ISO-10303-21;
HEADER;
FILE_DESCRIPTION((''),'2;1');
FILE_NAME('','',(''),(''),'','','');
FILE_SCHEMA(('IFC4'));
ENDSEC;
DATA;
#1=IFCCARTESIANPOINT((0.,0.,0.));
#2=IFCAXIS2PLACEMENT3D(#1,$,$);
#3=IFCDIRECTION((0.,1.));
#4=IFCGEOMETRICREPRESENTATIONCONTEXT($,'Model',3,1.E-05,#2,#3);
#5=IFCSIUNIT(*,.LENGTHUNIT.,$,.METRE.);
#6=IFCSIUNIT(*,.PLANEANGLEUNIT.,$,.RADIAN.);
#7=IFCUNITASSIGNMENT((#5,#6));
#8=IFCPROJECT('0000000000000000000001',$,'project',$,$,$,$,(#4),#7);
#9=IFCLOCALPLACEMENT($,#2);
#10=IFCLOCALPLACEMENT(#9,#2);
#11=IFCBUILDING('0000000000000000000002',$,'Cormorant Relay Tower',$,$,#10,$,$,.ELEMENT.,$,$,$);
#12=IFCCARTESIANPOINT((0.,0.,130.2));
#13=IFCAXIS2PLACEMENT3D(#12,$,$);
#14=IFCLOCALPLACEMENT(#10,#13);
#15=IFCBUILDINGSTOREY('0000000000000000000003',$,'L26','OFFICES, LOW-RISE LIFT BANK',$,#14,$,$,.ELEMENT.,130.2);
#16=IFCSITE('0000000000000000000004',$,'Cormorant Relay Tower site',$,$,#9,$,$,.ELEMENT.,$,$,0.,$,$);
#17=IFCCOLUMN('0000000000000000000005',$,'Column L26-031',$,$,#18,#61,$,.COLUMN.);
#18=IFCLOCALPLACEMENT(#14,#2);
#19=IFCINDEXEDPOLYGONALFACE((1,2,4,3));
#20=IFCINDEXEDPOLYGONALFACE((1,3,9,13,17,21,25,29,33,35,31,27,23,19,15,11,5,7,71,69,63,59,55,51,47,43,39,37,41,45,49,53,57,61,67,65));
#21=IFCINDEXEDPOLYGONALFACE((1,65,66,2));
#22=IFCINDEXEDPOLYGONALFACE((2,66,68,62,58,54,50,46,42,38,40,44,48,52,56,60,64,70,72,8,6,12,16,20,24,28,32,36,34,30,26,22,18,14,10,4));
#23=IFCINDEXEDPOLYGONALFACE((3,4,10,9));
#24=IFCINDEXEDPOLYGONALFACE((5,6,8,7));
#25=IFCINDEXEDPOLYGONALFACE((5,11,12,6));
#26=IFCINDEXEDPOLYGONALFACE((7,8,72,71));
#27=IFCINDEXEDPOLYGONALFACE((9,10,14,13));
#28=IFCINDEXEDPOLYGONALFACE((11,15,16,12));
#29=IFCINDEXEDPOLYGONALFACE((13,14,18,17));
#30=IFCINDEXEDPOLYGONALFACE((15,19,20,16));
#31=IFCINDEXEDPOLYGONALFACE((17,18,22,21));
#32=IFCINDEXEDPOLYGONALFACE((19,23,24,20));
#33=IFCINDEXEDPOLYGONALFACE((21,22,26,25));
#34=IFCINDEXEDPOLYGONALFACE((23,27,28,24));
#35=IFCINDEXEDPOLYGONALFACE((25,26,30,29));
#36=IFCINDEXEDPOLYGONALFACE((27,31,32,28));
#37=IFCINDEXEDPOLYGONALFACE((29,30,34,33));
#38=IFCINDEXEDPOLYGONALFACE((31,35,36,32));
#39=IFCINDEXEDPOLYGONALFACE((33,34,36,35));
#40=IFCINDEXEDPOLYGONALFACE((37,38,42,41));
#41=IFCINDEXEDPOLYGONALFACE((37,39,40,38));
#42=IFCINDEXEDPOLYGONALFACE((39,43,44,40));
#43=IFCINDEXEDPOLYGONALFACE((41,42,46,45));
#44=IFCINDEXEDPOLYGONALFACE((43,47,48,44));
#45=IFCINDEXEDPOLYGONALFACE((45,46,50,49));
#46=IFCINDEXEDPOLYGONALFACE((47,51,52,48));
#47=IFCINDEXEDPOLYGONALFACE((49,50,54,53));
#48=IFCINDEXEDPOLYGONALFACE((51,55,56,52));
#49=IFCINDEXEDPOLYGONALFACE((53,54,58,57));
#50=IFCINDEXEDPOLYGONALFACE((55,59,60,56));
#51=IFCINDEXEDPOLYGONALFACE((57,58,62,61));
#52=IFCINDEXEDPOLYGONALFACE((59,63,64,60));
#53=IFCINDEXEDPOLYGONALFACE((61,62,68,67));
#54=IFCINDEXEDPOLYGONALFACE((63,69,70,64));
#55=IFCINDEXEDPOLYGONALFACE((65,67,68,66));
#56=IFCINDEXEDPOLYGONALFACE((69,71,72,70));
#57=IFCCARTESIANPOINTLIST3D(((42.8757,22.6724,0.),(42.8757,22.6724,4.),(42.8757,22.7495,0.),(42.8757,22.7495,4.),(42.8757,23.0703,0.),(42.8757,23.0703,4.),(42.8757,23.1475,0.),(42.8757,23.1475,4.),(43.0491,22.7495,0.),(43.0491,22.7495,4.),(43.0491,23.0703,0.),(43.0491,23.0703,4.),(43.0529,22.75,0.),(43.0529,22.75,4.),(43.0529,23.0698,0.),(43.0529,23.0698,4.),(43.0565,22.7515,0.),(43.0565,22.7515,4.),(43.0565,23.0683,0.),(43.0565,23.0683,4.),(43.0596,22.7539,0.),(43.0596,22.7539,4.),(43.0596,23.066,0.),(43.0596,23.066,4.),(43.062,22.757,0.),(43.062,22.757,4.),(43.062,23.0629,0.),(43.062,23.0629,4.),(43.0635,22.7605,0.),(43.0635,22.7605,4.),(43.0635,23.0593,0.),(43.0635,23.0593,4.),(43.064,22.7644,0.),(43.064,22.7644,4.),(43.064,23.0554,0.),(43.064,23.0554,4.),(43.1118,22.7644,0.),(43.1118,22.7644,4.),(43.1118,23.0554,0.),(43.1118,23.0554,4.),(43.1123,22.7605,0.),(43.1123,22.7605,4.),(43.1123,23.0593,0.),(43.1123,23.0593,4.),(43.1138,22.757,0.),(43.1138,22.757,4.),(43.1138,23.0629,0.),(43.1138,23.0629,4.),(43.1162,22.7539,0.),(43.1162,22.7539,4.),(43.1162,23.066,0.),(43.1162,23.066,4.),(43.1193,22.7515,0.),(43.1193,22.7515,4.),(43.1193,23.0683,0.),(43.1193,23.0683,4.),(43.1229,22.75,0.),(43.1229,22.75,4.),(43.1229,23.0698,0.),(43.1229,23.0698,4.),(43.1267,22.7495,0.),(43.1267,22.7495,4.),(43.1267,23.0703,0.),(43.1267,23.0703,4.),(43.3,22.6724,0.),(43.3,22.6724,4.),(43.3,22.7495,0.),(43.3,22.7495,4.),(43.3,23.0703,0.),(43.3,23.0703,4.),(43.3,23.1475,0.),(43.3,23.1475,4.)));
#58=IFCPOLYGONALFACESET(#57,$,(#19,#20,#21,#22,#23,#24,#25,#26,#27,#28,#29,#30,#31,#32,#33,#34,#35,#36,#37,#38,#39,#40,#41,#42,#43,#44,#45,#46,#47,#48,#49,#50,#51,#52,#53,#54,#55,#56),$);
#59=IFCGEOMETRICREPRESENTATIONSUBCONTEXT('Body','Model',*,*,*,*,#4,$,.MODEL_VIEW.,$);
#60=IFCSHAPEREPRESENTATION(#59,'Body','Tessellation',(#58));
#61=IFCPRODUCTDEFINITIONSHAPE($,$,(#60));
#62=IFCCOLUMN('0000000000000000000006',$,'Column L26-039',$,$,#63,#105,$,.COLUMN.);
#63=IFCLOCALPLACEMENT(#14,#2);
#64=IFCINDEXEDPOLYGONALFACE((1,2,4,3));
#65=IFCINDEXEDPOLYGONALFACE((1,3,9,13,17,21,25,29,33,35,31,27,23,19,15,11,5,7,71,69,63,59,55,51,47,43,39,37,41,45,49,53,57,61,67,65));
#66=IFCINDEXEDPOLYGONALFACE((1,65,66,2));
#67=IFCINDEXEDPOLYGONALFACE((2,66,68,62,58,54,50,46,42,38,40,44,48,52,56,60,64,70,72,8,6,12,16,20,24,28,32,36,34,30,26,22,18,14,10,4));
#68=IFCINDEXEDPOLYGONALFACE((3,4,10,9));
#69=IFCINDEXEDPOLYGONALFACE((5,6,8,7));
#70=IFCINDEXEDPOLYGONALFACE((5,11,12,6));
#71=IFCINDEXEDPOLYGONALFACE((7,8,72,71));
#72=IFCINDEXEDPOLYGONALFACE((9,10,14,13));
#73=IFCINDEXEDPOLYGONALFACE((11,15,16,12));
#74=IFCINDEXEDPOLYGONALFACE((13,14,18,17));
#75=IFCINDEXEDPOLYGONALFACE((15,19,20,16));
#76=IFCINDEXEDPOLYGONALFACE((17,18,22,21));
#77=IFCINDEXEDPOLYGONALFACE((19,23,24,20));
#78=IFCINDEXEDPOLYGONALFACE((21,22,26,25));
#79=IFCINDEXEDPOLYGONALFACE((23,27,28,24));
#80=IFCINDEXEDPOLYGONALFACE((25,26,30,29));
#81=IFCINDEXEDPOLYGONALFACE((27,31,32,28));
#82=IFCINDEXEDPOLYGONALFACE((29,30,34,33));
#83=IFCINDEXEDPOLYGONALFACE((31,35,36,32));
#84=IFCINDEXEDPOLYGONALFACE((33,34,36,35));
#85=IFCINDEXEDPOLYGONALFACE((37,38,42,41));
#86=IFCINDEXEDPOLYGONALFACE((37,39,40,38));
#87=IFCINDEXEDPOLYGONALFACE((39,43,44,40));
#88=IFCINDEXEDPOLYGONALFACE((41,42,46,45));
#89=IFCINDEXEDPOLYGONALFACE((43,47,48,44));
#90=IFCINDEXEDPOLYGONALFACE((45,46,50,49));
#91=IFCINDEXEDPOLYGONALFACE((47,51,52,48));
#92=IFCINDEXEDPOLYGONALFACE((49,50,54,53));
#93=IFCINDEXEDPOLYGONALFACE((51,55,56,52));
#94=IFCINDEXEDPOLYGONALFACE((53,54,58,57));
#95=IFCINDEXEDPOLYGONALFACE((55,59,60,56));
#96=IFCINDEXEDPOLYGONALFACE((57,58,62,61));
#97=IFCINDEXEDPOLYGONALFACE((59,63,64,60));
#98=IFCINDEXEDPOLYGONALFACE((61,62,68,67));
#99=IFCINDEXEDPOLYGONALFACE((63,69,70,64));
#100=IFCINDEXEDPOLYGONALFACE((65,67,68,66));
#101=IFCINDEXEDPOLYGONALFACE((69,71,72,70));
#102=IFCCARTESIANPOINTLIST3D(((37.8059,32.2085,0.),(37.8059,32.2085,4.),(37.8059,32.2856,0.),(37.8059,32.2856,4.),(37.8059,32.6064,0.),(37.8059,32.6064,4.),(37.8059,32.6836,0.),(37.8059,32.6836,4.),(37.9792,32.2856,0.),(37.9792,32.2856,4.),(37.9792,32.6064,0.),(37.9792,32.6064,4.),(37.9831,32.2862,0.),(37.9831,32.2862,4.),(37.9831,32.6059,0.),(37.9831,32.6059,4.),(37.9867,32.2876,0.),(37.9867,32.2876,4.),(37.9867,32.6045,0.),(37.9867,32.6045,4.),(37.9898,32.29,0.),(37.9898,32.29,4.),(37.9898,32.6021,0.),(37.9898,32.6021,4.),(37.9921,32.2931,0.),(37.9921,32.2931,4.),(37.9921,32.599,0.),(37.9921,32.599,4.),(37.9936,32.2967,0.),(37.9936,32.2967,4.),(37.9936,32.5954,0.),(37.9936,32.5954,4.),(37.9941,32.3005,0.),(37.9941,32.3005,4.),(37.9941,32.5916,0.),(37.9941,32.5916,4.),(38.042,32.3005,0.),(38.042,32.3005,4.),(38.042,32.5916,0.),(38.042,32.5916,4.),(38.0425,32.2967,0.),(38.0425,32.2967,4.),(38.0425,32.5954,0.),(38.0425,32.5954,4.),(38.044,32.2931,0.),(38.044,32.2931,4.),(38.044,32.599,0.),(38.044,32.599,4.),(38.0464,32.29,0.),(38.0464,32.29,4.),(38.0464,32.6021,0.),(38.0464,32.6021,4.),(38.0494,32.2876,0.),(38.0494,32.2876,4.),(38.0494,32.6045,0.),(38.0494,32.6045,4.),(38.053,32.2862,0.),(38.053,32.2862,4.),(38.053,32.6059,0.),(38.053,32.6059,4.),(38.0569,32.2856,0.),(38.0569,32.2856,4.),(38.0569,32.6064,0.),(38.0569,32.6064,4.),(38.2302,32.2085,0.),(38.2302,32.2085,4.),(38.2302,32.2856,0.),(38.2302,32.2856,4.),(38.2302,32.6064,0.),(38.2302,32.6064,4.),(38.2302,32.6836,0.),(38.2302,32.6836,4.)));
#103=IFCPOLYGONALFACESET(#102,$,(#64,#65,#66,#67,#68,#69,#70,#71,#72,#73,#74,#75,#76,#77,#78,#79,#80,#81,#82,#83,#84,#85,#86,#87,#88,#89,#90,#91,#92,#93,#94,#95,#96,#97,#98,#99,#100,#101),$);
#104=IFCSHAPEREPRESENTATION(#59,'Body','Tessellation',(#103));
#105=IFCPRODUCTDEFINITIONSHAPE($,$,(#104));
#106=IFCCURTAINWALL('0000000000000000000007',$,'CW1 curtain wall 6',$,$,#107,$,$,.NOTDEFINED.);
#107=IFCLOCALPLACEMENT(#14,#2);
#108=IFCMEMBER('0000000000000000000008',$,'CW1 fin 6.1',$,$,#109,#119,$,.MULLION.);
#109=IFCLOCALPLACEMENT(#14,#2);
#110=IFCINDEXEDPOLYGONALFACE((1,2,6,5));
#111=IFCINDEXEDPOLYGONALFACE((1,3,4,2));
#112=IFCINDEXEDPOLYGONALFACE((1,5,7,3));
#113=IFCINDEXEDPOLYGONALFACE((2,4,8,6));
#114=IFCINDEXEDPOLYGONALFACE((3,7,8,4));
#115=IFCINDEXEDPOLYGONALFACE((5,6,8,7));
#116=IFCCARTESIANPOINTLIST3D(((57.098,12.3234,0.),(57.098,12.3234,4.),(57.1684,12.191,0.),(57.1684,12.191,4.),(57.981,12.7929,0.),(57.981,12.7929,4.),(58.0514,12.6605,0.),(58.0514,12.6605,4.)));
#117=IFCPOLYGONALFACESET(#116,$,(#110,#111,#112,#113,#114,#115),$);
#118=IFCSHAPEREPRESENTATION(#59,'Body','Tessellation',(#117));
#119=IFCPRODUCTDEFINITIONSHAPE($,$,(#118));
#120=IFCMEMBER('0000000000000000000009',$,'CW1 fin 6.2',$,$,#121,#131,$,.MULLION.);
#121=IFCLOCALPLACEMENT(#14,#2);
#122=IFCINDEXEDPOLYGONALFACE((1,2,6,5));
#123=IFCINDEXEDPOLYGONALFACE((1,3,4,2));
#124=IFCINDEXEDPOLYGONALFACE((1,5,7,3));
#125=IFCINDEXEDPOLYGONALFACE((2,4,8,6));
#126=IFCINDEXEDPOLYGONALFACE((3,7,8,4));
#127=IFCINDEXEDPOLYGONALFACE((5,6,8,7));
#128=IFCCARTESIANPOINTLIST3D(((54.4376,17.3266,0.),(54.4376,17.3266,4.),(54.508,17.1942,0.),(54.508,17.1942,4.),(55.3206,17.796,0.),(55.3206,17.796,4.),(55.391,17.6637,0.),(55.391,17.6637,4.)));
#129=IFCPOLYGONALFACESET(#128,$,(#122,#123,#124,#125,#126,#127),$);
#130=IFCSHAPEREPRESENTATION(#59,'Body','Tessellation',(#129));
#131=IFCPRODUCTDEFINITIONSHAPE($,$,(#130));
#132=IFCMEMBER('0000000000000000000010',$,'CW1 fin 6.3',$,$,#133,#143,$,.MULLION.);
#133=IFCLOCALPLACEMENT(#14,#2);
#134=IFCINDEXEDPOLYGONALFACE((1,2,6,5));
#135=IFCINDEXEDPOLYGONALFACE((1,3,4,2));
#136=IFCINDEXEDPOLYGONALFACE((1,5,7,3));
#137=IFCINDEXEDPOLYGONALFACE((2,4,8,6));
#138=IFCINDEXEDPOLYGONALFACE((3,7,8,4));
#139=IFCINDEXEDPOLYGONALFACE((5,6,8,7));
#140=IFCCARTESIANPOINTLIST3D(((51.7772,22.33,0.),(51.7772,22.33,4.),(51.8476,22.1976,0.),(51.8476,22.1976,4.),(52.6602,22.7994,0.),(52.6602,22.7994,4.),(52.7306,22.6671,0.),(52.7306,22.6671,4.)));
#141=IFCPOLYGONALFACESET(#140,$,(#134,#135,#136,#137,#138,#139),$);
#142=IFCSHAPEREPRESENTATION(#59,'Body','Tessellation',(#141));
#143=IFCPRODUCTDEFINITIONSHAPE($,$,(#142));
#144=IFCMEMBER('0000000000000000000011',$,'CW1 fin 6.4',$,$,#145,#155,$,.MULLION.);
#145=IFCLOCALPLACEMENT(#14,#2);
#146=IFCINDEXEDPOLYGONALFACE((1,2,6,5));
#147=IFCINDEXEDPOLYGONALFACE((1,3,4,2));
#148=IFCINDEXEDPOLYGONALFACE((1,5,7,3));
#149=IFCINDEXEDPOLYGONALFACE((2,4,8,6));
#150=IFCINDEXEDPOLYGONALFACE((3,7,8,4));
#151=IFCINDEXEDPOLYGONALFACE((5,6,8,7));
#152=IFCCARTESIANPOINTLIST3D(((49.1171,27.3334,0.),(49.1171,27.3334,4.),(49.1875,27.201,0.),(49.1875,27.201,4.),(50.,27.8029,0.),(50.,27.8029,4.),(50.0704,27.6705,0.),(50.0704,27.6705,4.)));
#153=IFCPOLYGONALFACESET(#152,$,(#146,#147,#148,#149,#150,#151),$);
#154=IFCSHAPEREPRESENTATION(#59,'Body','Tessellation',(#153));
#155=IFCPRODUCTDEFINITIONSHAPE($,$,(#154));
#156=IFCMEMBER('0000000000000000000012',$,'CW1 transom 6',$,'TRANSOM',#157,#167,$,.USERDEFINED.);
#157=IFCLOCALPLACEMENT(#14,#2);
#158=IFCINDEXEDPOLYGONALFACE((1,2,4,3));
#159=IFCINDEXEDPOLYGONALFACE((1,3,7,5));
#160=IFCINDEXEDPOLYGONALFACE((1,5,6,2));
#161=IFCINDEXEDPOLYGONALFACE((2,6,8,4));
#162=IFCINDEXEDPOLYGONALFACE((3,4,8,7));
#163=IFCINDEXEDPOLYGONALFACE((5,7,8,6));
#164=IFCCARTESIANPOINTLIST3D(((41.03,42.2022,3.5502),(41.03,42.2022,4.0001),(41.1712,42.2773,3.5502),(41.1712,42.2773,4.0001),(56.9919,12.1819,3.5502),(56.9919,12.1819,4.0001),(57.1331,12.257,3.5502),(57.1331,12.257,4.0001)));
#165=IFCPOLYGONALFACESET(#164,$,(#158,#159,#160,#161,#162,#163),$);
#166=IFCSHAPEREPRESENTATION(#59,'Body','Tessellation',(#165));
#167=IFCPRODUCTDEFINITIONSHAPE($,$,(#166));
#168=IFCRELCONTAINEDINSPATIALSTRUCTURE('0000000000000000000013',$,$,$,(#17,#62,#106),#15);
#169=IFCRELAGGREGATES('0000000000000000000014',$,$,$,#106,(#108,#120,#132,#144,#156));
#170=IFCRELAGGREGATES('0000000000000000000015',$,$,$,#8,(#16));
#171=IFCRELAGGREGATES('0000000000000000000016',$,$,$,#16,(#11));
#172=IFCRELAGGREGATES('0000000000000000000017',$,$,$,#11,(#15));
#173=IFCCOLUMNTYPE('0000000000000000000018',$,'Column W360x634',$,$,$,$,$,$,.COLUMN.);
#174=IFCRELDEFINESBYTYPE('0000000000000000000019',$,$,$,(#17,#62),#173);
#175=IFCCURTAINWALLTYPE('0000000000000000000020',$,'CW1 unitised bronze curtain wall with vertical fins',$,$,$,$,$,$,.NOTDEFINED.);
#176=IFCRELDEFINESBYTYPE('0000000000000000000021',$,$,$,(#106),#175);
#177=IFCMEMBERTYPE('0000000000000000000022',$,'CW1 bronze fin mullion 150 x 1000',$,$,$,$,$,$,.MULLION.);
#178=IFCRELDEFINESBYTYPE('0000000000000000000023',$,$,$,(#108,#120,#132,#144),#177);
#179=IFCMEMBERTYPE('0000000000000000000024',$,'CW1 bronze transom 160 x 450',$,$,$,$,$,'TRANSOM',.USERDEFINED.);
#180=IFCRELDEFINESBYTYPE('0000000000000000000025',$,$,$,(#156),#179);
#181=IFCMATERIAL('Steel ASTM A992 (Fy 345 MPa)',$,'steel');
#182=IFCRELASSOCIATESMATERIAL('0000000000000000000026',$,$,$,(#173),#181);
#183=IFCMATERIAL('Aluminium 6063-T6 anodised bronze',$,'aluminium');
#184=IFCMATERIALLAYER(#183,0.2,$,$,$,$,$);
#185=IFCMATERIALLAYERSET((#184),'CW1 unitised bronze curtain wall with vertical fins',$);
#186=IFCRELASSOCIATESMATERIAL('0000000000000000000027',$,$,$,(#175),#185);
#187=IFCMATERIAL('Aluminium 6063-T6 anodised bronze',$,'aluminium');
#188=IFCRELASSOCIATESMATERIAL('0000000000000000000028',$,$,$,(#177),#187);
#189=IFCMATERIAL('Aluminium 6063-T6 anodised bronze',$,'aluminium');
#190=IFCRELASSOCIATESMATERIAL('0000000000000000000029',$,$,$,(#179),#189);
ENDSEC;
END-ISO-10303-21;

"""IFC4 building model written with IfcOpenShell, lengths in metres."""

from ifc_helpers import new_model, si_unit, direction, frame, origin, origin_2d, place, context, subcontext, project, spatial, rectangle, i_section, extrude, material, layer, layer_set, material_profile, profile_set, type_object, element, aggregate, save


model = new_model("IFC4")

# Units and contexts
model_context = context("Model", 3, precision=1e-05, world=origin(), true_north=direction((0.0, 1.0)))
body_context = subcontext(model_context, "Body", "Model", "MODEL_VIEW")
ifc_project = project(units=[si_unit("LENGTHUNIT", "METRE"), si_unit("PLANEANGLEUNIT", "RADIAN")], contexts=[model_context])

# Site, building, storey
site_placement = place(None, origin())
site = spatial("IfcSite", under=ifc_project, at=site_placement, Name="Cormorant Relay Tower site", CompositionType="ELEMENT", RefElevation=0.0)
building_placement = place(site_placement, origin())
building = spatial("IfcBuilding", under=site, at=building_placement, Name="Cormorant Relay Tower", CompositionType="ELEMENT")
storey_placement = place(building_placement, frame((0.0, 0.0, 130.2)))
storey = spatial("IfcBuildingStorey", under=building, at=storey_placement, Name="L26", Description="OFFICES, LOW-RISE LIFT BANK", CompositionType="ELEMENT", Elevation=130.2)

# Columns
ifc_material_1 = material(Name="Steel ASTM A992 (Fy 345 MPa)", Category="steel")
ifc_material_profile_1 = material_profile(ifc_material_1, i_section(OverallWidth=0.4243, OverallDepth=0.4751, WebThickness=0.0479, FlangeThickness=0.0771, FilletRadius=0.0149, at=origin_2d()), Name="W360x634")
ifc_profile_set_1 = profile_set([ifc_material_profile_1], Name="Steel ASTM A992 (Fy 345 MPa)")
column_type_1 = type_object("IfcColumnType", Name="Column W360x634", PredefinedType="COLUMN", material=ifc_profile_set_1)
for number, where, z_axis, x_axis, name in (
    (1, (43.0879, 22.9099, 0.0), (0.0, 0.0, 1.0), (1.0, 0.0, 0.0), "Column L26-031"),
    (2, (38.0181, 32.446, 0.0), (0.0, 0.0, 1.0), (1.0, 0.0, 0.0), "Column L26-039"),
):
    element("IfcColumn", number, at=place(storey_placement, frame(where, z_axis=z_axis, x_axis=x_axis)), inside=storey, type_object=column_type_1, Name=name, PredefinedType="COLUMN", context=body_context, shape_type="SweptSolid", body=[
        extrude(i_section(OverallWidth=0.4243, OverallDepth=0.4751, WebThickness=0.0479, FlangeThickness=0.0771, FilletRadius=0.0149, at=origin_2d()), origin(), (0.0, 0.0, 1.0), 4.0),
    ])

# Curtain wall, members
ifc_material_2 = material(Name="Aluminium 6063-T6 anodised bronze", Category="aluminium")
ifc_layer_1 = layer(ifc_material_2, 0.2)
ifc_layer_set_1 = layer_set([ifc_layer_1], Name="CW1 unitised bronze curtain wall with vertical fins")
curtain_wall_type = type_object("IfcCurtainWallType", Name="CW1 unitised bronze curtain wall with vertical fins", PredefinedType="NOTDEFINED", material=ifc_layer_set_1)
curtain_wall_placement = place(storey_placement, origin())
curtain_wall = element("IfcCurtainWall", 3, at=curtain_wall_placement, inside=storey, type_object=curtain_wall_type, Name="CW1 curtain wall 6", PredefinedType="NOTDEFINED")
ifc_material_3 = material(Name="Aluminium 6063-T6 anodised bronze", Category="aluminium")
ifc_material_profile_2 = material_profile(ifc_material_3, rectangle(XDim=0.1499, YDim=1.0, at=origin_2d()), Name="AL 150x1000")
ifc_profile_set_2 = profile_set([ifc_material_profile_2], Name="Aluminium 6063-T6 anodised bronze")
member_type_1 = type_object("IfcMemberType", Name="CW1 bronze fin mullion 150 x 1000", PredefinedType="MULLION", material=ifc_profile_set_2)
member_1_placement = place(storey_placement, frame((57.5747, 12.4919, 0.0), z_axis=(0.0, 0.0, 1.0), x_axis=(-0.469472, 0.882948, 0.0)))
member_1 = element("IfcMember", 4, at=member_1_placement, type_object=member_type_1, Name="CW1 fin 6.1", PredefinedType="MULLION", context=body_context, shape_type="SweptSolid", body=[
    extrude(rectangle(XDim=0.1499, YDim=1.0, at=origin_2d()), origin(), (0.0, 0.0, 1.0), 4.0),
])
member_2_placement = place(storey_placement, frame((54.9143, 17.4951, 0.0), z_axis=(0.0, 0.0, 1.0), x_axis=(-0.469472, 0.882948, 0.0)))
member_2 = element("IfcMember", 5, at=member_2_placement, type_object=member_type_1, Name="CW1 fin 6.2", PredefinedType="MULLION", context=body_context, shape_type="SweptSolid", body=[
    extrude(rectangle(XDim=0.1499, YDim=1.0, at=origin_2d()), origin(), (0.0, 0.0, 1.0), 4.0),
])
member_3_placement = place(storey_placement, frame((52.2539, 22.4985, 0.0), z_axis=(0.0, 0.0, 1.0), x_axis=(-0.469472, 0.882948, 0.0)))
member_3 = element("IfcMember", 6, at=member_3_placement, type_object=member_type_1, Name="CW1 fin 6.3", PredefinedType="MULLION", context=body_context, shape_type="SweptSolid", body=[
    extrude(rectangle(XDim=0.1499, YDim=1.0, at=origin_2d()), origin(), (0.0, 0.0, 1.0), 4.0),
])
member_4_placement = place(storey_placement, frame((49.5938, 27.502, 0.0), z_axis=(0.0, 0.0, 1.0), x_axis=(-0.469472, 0.882948, 0.0)))
member_4 = element("IfcMember", 7, at=member_4_placement, type_object=member_type_1, Name="CW1 fin 6.4", PredefinedType="MULLION", context=body_context, shape_type="SweptSolid", body=[
    extrude(rectangle(XDim=0.1499, YDim=1.0, at=origin_2d()), origin(), (0.0, 0.0, 1.0), 4.0),
])
ifc_material_4 = material(Name="Aluminium 6063-T6 anodised bronze", Category="aluminium")
ifc_material_profile_3 = material_profile(ifc_material_4, rectangle(XDim=0.1599, YDim=0.45, at=origin_2d()), Name="AL 160x450")
ifc_profile_set_3 = profile_set([ifc_material_profile_3], Name="Aluminium 6063-T6 anodised bronze")
member_type_2 = type_object("IfcMemberType", Name="CW1 bronze transom 160 x 450", ElementType="TRANSOM", PredefinedType="USERDEFINED", material=ifc_profile_set_3)
member_5_placement = place(storey_placement, frame((57.0625, 12.2195, 3.7751), z_axis=(-0.469468, 0.882949, 0.0), x_axis=(-0.882949, -0.469468, 0.0)))
member_5 = element("IfcMember", 8, at=member_5_placement, type_object=member_type_2, Name="CW1 transom 6", ObjectType="TRANSOM", PredefinedType="USERDEFINED", context=body_context, shape_type="SweptSolid", body=[
    extrude(rectangle(XDim=0.1599, YDim=0.45, at=origin_2d()), origin(), (0.0, 0.0, 1.0), 34.0),
])

aggregate(curtain_wall, [member_1, member_2, member_3, member_4, member_5])

save(model, "model.ifc")
